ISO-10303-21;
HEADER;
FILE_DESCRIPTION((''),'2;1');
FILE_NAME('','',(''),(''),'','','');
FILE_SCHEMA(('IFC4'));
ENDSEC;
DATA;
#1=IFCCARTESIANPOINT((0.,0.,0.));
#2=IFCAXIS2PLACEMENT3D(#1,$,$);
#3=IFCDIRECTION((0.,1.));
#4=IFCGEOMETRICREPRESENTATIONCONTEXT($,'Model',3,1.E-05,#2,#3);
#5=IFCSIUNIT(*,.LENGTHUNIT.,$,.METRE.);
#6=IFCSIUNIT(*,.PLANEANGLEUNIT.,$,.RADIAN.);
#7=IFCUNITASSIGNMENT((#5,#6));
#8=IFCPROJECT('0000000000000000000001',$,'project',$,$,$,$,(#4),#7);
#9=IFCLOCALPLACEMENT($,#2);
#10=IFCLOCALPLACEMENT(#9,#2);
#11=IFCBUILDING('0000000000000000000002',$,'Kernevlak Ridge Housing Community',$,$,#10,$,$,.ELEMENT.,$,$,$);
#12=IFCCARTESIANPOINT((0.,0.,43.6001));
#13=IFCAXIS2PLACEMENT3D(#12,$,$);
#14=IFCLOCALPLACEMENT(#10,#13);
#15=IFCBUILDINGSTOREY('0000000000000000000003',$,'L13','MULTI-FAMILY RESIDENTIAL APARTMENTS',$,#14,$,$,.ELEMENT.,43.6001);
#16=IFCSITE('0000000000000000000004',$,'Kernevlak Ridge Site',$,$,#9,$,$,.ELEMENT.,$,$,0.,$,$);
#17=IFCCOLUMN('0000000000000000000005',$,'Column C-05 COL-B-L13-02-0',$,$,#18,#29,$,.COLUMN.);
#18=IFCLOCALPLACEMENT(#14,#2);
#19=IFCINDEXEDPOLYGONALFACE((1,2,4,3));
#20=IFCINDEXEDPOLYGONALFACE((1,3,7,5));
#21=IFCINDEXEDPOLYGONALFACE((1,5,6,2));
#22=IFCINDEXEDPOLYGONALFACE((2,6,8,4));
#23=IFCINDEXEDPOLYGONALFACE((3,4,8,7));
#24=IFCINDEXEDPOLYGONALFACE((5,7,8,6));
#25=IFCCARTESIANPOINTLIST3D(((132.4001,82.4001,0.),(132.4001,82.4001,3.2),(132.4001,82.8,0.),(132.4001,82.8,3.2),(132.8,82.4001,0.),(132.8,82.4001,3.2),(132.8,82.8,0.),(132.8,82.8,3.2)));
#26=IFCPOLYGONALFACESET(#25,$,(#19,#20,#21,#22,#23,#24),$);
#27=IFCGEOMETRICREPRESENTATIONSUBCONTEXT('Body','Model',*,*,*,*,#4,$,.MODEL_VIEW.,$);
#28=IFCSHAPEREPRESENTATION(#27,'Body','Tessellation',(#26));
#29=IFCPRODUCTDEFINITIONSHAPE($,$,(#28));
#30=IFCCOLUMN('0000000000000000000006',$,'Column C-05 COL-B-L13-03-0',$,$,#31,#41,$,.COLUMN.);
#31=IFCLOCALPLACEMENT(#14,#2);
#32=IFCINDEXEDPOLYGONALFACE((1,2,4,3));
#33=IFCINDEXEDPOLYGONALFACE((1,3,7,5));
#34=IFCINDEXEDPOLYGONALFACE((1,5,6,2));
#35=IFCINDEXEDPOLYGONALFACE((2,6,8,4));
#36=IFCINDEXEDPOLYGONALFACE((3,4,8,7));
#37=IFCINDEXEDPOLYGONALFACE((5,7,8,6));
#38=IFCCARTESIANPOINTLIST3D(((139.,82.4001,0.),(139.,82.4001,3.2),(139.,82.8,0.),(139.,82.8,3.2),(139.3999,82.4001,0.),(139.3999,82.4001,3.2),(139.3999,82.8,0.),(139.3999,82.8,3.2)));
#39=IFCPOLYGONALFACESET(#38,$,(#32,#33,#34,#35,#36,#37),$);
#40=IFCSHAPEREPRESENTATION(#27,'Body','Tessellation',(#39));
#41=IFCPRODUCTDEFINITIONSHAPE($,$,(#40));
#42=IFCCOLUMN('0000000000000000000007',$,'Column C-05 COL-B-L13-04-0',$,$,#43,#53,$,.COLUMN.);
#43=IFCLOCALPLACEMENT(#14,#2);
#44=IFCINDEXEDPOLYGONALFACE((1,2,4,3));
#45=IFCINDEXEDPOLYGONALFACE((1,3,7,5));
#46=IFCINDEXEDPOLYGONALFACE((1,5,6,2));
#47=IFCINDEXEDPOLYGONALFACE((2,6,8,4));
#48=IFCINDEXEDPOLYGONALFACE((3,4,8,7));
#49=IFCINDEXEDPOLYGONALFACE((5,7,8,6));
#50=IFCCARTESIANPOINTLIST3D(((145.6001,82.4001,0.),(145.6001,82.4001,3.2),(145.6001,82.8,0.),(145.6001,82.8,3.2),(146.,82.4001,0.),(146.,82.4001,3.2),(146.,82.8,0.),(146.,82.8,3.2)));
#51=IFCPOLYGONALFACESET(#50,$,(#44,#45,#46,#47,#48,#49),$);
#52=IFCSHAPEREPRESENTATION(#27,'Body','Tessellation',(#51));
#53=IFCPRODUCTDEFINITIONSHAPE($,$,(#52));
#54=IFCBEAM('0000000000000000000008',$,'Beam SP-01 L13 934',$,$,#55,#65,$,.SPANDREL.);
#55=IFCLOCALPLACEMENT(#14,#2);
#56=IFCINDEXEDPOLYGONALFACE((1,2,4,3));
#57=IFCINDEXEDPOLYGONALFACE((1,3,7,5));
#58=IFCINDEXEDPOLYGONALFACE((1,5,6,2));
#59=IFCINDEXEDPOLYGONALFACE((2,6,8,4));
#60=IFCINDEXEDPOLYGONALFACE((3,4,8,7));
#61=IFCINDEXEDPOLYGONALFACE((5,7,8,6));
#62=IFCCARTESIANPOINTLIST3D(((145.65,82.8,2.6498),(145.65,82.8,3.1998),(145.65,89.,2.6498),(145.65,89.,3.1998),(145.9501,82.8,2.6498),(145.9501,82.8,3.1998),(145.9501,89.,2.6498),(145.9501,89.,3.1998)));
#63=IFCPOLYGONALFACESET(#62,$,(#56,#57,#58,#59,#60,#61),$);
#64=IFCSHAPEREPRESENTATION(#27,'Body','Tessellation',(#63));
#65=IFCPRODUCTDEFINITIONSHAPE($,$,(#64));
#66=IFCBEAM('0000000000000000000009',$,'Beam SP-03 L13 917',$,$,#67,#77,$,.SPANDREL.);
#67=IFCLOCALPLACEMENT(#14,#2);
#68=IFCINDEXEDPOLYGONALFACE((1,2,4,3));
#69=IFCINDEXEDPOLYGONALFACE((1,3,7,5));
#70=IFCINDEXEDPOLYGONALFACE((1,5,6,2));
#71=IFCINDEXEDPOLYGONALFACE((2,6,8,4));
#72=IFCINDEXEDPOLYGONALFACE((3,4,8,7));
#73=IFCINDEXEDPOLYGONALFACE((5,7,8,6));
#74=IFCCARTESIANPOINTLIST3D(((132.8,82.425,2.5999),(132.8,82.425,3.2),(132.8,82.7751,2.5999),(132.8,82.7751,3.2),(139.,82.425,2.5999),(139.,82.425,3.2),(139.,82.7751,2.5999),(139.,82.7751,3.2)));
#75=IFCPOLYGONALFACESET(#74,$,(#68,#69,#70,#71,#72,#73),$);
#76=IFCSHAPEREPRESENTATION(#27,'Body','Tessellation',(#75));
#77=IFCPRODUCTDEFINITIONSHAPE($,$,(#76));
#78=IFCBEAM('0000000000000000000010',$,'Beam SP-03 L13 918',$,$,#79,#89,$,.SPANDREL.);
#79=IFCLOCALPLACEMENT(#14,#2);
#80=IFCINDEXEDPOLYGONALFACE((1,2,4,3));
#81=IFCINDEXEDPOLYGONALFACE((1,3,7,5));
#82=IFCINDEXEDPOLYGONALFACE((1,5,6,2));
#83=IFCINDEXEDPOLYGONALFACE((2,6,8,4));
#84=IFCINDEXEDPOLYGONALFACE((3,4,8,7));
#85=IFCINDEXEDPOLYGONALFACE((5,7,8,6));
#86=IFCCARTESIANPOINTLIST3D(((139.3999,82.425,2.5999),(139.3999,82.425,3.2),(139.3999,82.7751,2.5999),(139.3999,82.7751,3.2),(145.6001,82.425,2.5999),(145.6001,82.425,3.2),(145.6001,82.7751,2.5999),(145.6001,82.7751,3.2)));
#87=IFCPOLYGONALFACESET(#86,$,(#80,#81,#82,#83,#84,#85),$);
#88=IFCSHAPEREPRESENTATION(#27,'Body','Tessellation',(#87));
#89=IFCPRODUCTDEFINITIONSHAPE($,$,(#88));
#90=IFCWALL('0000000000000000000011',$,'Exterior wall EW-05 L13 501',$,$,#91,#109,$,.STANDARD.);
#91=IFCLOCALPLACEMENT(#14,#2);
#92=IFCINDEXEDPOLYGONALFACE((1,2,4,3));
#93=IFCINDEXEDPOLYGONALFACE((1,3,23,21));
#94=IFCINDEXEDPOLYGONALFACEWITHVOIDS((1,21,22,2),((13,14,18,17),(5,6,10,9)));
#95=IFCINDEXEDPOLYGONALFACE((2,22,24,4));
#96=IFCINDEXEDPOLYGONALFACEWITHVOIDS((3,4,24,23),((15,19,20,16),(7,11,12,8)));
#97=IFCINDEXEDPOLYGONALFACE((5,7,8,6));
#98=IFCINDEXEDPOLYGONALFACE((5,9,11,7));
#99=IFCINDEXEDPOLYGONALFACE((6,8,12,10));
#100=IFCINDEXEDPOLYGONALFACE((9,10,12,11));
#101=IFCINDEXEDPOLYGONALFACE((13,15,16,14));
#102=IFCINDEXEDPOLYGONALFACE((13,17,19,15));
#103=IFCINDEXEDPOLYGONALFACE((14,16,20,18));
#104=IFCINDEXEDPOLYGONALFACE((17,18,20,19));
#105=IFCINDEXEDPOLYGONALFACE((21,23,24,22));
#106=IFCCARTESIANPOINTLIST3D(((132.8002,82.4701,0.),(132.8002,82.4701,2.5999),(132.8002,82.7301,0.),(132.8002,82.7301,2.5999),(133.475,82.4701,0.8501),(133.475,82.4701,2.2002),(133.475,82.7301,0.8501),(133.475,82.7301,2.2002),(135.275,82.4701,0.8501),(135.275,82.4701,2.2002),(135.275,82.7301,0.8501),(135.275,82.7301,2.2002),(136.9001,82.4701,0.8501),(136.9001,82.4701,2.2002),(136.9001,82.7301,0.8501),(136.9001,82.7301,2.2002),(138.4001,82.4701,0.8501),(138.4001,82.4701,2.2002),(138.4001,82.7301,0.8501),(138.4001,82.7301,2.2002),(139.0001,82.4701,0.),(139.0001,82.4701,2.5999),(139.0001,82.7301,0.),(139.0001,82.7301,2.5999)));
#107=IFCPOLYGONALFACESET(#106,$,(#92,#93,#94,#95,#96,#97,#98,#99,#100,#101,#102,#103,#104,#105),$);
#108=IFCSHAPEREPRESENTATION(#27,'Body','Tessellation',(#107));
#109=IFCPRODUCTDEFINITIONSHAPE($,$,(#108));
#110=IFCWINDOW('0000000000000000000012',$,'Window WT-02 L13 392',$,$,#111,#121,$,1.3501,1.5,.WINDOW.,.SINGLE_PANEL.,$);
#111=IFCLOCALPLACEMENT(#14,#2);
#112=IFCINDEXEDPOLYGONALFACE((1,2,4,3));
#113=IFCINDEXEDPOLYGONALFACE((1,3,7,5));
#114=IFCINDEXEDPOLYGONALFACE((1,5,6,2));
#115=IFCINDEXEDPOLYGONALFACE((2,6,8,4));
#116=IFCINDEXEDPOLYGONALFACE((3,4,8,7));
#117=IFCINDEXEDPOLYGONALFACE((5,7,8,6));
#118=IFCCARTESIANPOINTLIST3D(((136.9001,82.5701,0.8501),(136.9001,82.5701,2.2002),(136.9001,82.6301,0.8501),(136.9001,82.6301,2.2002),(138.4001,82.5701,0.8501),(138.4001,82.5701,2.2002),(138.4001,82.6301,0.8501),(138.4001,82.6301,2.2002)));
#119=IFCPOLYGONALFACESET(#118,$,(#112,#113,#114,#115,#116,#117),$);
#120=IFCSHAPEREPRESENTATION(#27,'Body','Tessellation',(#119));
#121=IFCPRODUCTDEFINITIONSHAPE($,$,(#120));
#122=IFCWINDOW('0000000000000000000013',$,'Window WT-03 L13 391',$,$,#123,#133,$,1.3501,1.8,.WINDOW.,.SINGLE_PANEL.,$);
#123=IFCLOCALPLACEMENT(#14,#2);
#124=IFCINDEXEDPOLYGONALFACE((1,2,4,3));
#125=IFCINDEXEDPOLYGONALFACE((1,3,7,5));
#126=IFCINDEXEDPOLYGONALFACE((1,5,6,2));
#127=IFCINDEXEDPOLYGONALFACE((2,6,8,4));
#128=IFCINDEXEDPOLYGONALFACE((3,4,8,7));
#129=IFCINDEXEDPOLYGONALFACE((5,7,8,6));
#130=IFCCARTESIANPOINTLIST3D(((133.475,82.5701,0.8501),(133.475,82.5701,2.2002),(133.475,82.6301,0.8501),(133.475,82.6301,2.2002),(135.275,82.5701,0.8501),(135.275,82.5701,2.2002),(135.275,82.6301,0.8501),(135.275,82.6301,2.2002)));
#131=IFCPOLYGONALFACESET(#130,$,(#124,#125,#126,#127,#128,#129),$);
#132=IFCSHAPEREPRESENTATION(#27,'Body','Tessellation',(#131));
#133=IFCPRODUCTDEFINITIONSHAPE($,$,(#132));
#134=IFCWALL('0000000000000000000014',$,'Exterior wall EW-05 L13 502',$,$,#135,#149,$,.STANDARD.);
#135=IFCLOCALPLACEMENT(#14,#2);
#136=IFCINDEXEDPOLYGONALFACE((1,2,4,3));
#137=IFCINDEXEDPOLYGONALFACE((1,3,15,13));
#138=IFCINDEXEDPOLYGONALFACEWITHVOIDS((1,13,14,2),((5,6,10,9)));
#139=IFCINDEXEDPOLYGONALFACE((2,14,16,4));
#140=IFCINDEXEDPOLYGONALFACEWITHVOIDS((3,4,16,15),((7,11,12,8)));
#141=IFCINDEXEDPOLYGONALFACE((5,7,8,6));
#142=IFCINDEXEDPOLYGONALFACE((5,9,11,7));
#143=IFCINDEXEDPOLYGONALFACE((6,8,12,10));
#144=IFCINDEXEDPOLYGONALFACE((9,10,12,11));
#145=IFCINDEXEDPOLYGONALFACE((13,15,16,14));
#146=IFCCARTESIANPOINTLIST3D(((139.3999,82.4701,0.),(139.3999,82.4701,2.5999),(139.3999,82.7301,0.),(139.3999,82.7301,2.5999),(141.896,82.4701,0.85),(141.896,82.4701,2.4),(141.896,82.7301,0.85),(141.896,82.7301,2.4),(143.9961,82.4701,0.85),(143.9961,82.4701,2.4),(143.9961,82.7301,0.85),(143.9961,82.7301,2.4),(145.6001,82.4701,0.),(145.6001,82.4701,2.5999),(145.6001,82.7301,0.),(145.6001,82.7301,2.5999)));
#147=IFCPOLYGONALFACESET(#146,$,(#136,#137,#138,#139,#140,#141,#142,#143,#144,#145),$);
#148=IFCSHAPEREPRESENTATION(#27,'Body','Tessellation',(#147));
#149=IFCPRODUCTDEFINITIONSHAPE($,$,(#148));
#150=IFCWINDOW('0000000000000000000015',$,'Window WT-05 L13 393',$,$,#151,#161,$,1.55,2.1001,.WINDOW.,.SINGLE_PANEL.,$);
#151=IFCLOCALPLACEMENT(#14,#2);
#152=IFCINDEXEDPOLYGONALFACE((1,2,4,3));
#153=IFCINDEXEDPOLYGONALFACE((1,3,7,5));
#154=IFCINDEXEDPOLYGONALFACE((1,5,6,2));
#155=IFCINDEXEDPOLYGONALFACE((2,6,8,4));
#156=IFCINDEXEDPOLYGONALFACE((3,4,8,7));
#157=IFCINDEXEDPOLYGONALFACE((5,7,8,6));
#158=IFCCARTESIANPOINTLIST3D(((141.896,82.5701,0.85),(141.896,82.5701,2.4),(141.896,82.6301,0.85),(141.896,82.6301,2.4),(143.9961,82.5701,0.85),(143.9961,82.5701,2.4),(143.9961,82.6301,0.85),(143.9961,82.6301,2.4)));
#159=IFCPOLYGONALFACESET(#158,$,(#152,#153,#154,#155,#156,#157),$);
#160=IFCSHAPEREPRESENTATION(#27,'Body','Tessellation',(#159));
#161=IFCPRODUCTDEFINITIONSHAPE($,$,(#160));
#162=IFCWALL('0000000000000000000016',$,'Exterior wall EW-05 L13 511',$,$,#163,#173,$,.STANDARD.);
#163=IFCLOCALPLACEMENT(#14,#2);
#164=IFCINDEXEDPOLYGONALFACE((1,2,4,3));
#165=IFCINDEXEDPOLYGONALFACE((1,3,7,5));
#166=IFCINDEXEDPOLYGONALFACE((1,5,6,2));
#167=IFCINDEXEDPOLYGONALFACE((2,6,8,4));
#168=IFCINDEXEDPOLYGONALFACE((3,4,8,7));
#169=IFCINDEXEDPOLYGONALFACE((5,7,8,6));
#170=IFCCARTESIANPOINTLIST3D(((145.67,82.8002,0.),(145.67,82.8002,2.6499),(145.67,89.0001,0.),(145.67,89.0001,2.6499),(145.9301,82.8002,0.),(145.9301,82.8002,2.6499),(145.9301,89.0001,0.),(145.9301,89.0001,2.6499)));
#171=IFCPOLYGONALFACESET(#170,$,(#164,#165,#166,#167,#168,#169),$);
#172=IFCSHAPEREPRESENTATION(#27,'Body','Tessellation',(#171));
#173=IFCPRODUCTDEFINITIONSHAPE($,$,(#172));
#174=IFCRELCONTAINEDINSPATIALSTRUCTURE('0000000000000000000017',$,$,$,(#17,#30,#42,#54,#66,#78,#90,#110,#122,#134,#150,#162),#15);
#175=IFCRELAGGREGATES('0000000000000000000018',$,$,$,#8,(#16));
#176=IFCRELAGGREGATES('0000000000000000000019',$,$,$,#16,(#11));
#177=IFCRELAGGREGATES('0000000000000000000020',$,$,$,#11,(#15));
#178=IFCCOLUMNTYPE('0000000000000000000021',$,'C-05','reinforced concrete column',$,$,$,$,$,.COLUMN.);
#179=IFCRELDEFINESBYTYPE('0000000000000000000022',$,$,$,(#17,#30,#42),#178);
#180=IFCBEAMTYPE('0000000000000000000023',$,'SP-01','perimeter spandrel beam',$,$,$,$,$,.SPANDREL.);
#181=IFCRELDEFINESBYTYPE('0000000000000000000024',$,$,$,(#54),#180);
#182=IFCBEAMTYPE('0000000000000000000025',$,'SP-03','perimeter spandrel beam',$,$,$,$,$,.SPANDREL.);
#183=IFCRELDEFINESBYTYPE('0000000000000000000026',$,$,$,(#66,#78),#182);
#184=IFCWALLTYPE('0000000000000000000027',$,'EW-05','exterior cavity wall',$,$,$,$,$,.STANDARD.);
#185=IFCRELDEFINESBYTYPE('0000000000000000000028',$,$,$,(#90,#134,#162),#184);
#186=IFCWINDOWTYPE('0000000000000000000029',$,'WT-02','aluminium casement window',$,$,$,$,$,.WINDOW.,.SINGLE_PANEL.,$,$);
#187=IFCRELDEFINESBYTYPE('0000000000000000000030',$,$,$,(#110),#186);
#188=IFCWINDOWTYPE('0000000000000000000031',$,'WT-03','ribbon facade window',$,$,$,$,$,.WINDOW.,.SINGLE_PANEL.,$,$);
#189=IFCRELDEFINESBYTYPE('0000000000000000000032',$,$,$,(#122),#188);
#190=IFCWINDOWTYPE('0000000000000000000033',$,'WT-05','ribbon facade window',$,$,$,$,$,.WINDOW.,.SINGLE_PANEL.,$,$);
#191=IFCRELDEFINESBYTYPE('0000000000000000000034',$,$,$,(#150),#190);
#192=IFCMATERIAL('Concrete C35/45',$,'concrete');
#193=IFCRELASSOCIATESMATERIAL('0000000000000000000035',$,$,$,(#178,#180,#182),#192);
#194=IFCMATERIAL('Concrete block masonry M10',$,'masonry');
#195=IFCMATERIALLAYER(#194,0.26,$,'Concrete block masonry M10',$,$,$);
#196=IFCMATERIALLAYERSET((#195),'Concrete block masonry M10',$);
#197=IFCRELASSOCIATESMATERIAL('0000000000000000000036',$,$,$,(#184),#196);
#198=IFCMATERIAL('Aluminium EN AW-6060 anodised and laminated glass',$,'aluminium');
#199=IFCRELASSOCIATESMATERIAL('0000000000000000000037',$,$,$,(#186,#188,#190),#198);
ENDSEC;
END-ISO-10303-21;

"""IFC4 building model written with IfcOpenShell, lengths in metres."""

from ifc_helpers import new_model, si_unit, direction, frame, frame_2d, origin, origin_2d, place, context, subcontext, project, spatial, rectangle, extrude, material, layer, layer_set, material_profile, profile_set, type_object, element, fill, save


model = new_model("IFC4")

# Units and contexts
model_context = context("Model", 3, precision=1e-05, world=origin(), true_north=direction((0.0, 1.0)))
body_context = subcontext(model_context, "Body", "Model", "MODEL_VIEW")
ifc_project = project(units=[si_unit("LENGTHUNIT", "METRE"), si_unit("PLANEANGLEUNIT", "RADIAN")], contexts=[model_context])

# Site, building, storey
site_placement = place(None, origin())
site = spatial("IfcSite", under=ifc_project, at=site_placement, Name="Kernevlak Ridge Site", CompositionType="ELEMENT", RefElevation=0.0)
building_placement = place(site_placement, origin())
building = spatial("IfcBuilding", under=site, at=building_placement, Name="Kernevlak Ridge Housing Community", CompositionType="ELEMENT")
storey_placement = place(building_placement, frame((0.0, 0.0, 43.6001)))
storey = spatial("IfcBuildingStorey", under=building, at=storey_placement, Name="L13", Description="MULTI-FAMILY RESIDENTIAL APARTMENTS", CompositionType="ELEMENT", Elevation=43.6001)

# Columns
ifc_material_1 = material(Name="Concrete C35/45", Category="concrete")
ifc_material_profile_1 = material_profile(ifc_material_1, rectangle(XDim=0.3999, YDim=0.3999, at=origin_2d()), Name="RC 400x400")
ifc_profile_set_1 = profile_set([ifc_material_profile_1], Name="Concrete C35/45")
column_type = type_object("IfcColumnType", Name="C-05", Description="reinforced concrete column", PredefinedType="COLUMN", material=ifc_profile_set_1)
for number, where, z_axis, x_axis, name in (
    (1, (132.6001, 82.6001, 0.0), (0.0, 0.0, 1.0), (1.0, 0.0, 0.0), "Column C-05 COL-B-L13-02-0"),
    (2, (139.2, 82.6001, 0.0), (0.0, 0.0, 1.0), (1.0, 0.0, 0.0), "Column C-05 COL-B-L13-03-0"),
    (3, (145.8, 82.6001, 0.0), (0.0, 0.0, 1.0), (1.0, 0.0, 0.0), "Column C-05 COL-B-L13-04-0"),
):
    element("IfcColumn", number, at=place(storey_placement, frame(where, z_axis=z_axis, x_axis=x_axis)), inside=storey, type_object=column_type, Name=name, PredefinedType="COLUMN", context=body_context, shape_type="SweptSolid", body=[
        extrude(rectangle(XDim=0.3999, YDim=0.3999, at=origin_2d()), origin(), (0.0, 0.0, 1.0), 3.2),
    ])

# Beams
ifc_material_profile_2 = material_profile(ifc_material_1, rectangle(XDim=0.3, YDim=0.55, at=origin_2d()), Name="RC 300x550")
ifc_profile_set_2 = profile_set([ifc_material_profile_2], Name="Concrete C35/45")
beam_type_1 = type_object("IfcBeamType", Name="SP-01", Description="perimeter spandrel beam", PredefinedType="SPANDREL", material=ifc_profile_set_2)
beam_1_placement = place(storey_placement, frame((145.8, 82.8, 2.9248), z_axis=(0.0, 1.0, 0.0), x_axis=(-1.0, 0.0, 0.0)))
element("IfcBeam", 4, at=beam_1_placement, inside=storey, type_object=beam_type_1, Name="Beam SP-01 L13 934", PredefinedType="SPANDREL", context=body_context, shape_type="SweptSolid", body=[
    extrude(rectangle(XDim=0.3, YDim=0.55, at=origin_2d()), origin(), (0.0, 0.0, 1.0), 6.2),
])
ifc_material_profile_3 = material_profile(ifc_material_1, rectangle(XDim=0.3501, YDim=0.6001, at=origin_2d()), Name="RC 350x600")
ifc_profile_set_3 = profile_set([ifc_material_profile_3], Name="Concrete C35/45")
beam_type_2 = type_object("IfcBeamType", Name="SP-03", Description="perimeter spandrel beam", PredefinedType="SPANDREL", material=ifc_profile_set_3)
beam_2_placement = place(storey_placement, frame((132.8, 82.6001, 2.8999), z_axis=(1.0, 0.0, 0.0), x_axis=(0.0, 1.0, 0.0)))
element("IfcBeam", 5, at=beam_2_placement, inside=storey, type_object=beam_type_2, Name="Beam SP-03 L13 917", PredefinedType="SPANDREL", context=body_context, shape_type="SweptSolid", body=[
    extrude(rectangle(XDim=0.3501, YDim=0.6001, at=origin_2d()), origin(), (0.0, 0.0, 1.0), 6.2),
])
beam_3_placement = place(storey_placement, frame((139.3999, 82.6001, 2.8999), z_axis=(1.0, 0.0, 0.0), x_axis=(0.0, 1.0, 0.0)))
element("IfcBeam", 6, at=beam_3_placement, inside=storey, type_object=beam_type_2, Name="Beam SP-03 L13 918", PredefinedType="SPANDREL", context=body_context, shape_type="SweptSolid", body=[
    extrude(rectangle(XDim=0.3501, YDim=0.6001, at=origin_2d()), origin(), (0.0, 0.0, 1.0), 6.2002),
])

# Wall, openings, windows
ifc_material_2 = material(Name="Concrete block masonry M10", Category="masonry")
ifc_layer_1 = layer(ifc_material_2, 0.26, Name="Concrete block masonry M10")
ifc_layer_set_1 = layer_set([ifc_layer_1], Name="Concrete block masonry M10")
wall_type_1 = type_object("IfcWallType", Name="EW-05", Description="exterior cavity wall", PredefinedType="STANDARD", material=ifc_layer_set_1)
wall_1_placement = place(storey_placement, frame((132.8, 82.6001, 0.0), z_axis=(0.0, 0.0, 1.0), x_axis=(1.0, 0.0, 0.0)))
wall_1 = element("IfcWall", 7, at=wall_1_placement, inside=storey, type_object=wall_type_1, Name="Exterior wall EW-05 L13 501", PredefinedType="STANDARD", context=body_context, shape_type="SweptSolid", body=[
    extrude(rectangle(XDim=6.2, YDim=0.26, at=frame_2d((3.1001, 0.0))), origin(), (0.0, 0.0, 1.0), 2.5999),
])
opening_1_placement = place(wall_1_placement, frame((0.675, 0.0, 0.8501)))
opening_1 = element("IfcOpeningElement", 8, at=opening_1_placement, cuts=wall_1, PredefinedType="OPENING", context=body_context, shape_type="SweptSolid", body=[
    extrude(rectangle(XDim=1.8, YDim=1.3501, at=frame_2d((0.8999, 0.675))), frame((0.0, 0.1399, 0.0), z_axis=(0.0, -1.0, 0.0), x_axis=(1.0, 0.0, 0.0)), (0.0, 0.0, 1.0), 0.28),
])
opening_2_placement = place(wall_1_placement, frame((4.1001, 0.0, 0.8501)))
opening_2 = element("IfcOpeningElement", 9, at=opening_2_placement, cuts=wall_1, PredefinedType="OPENING", context=body_context, shape_type="SweptSolid", body=[
    extrude(rectangle(XDim=1.5, YDim=1.3501, at=frame_2d((0.75, 0.675))), frame((0.0, 0.1399, 0.0), z_axis=(0.0, -1.0, 0.0), x_axis=(1.0, 0.0, 0.0)), (0.0, 0.0, 1.0), 0.28),
])
ifc_material_3 = material(Name="Aluminium EN AW-6060 anodised and laminated glass", Category="aluminium")
window_type_1 = type_object("IfcWindowType", Name="WT-02", Description="aluminium casement window", PartitioningType="SINGLE_PANEL", PredefinedType="WINDOW", material=ifc_material_3)
window_1_placement = place(opening_2_placement, origin())
window_1 = element("IfcWindow", 10, at=window_1_placement, inside=storey, type_object=window_type_1, Name="Window WT-02 L13 392", OverallHeight=1.3501, OverallWidth=1.5, PartitioningType="SINGLE_PANEL", PredefinedType="WINDOW", context=body_context, shape_type="SweptSolid", body=[
    extrude(rectangle(XDim=1.5, YDim=1.3501, at=frame_2d((0.75, 0.675))), frame((0.0, 0.03, 0.0), z_axis=(0.0, -1.0, 0.0), x_axis=(1.0, 0.0, 0.0)), (0.0, 0.0, 1.0), 0.0601),
])
fill(opening_2, window_1)
window_type_2 = type_object("IfcWindowType", Name="WT-03", Description="ribbon facade window", PartitioningType="SINGLE_PANEL", PredefinedType="WINDOW", material=ifc_material_3)
window_2_placement = place(opening_1_placement, origin())
window_2 = element("IfcWindow", 11, at=window_2_placement, inside=storey, type_object=window_type_2, Name="Window WT-03 L13 391", OverallHeight=1.3501, OverallWidth=1.8, PartitioningType="SINGLE_PANEL", PredefinedType="WINDOW", context=body_context, shape_type="SweptSolid", body=[
    extrude(rectangle(XDim=1.8, YDim=1.3501, at=frame_2d((0.8999, 0.675))), frame((0.0, 0.03, 0.0), z_axis=(0.0, -1.0, 0.0), x_axis=(1.0, 0.0, 0.0)), (0.0, 0.0, 1.0), 0.0601),
])
fill(opening_1, window_2)

# Wall, opening, window
wall_2_placement = place(storey_placement, frame((139.3999, 82.6001, 0.0), z_axis=(0.0, 0.0, 1.0), x_axis=(1.0, 0.0, 0.0)))
wall_2 = element("IfcWall", 12, at=wall_2_placement, inside=storey, type_object=wall_type_1, Name="Exterior wall EW-05 L13 502", PredefinedType="STANDARD", context=body_context, shape_type="SweptSolid", body=[
    extrude(rectangle(XDim=6.2002, YDim=0.26, at=frame_2d((3.1001, 0.0))), origin(), (0.0, 0.0, 1.0), 2.5999),
])
opening_3_placement = place(wall_2_placement, frame((2.4961, 0.0, 0.8501)))
opening_3 = element("IfcOpeningElement", 13, at=opening_3_placement, cuts=wall_2, PredefinedType="OPENING", context=body_context, shape_type="SweptSolid", body=[
    extrude(rectangle(XDim=2.1001, YDim=1.55, at=frame_2d((1.05, 0.7749))), frame((0.0, 0.1399, 0.0), z_axis=(0.0, -1.0, 0.0), x_axis=(1.0, 0.0, 0.0)), (0.0, 0.0, 1.0), 0.28),
])
window_type_3 = type_object("IfcWindowType", Name="WT-05", Description="ribbon facade window", PartitioningType="SINGLE_PANEL", PredefinedType="WINDOW", material=ifc_material_3)
window_3_placement = place(opening_3_placement, origin())
window_3 = element("IfcWindow", 14, at=window_3_placement, inside=storey, type_object=window_type_3, Name="Window WT-05 L13 393", OverallHeight=1.55, OverallWidth=2.1001, PartitioningType="SINGLE_PANEL", PredefinedType="WINDOW", context=body_context, shape_type="SweptSolid", body=[
    extrude(rectangle(XDim=2.1001, YDim=1.55, at=frame_2d((1.05, 0.7749))), frame((0.0, 0.03, 0.0), z_axis=(0.0, -1.0, 0.0), x_axis=(1.0, 0.0, 0.0)), (0.0, 0.0, 1.0), 0.0601),
])
fill(opening_3, window_3)

# Wall
wall_3_placement = place(storey_placement, frame((145.8, 82.8, 0.0), z_axis=(0.0, 0.0, 1.0), x_axis=(0.0, 1.0, 0.0)))
element("IfcWall", 15, at=wall_3_placement, inside=storey, type_object=wall_type_1, Name="Exterior wall EW-05 L13 511", PredefinedType="STANDARD", context=body_context, shape_type="SweptSolid", body=[
    extrude(rectangle(XDim=6.2, YDim=0.26, at=frame_2d((3.1001, 0.0))), origin(), (0.0, 0.0, 1.0), 2.6499),
])

save(model, "model.ifc")
